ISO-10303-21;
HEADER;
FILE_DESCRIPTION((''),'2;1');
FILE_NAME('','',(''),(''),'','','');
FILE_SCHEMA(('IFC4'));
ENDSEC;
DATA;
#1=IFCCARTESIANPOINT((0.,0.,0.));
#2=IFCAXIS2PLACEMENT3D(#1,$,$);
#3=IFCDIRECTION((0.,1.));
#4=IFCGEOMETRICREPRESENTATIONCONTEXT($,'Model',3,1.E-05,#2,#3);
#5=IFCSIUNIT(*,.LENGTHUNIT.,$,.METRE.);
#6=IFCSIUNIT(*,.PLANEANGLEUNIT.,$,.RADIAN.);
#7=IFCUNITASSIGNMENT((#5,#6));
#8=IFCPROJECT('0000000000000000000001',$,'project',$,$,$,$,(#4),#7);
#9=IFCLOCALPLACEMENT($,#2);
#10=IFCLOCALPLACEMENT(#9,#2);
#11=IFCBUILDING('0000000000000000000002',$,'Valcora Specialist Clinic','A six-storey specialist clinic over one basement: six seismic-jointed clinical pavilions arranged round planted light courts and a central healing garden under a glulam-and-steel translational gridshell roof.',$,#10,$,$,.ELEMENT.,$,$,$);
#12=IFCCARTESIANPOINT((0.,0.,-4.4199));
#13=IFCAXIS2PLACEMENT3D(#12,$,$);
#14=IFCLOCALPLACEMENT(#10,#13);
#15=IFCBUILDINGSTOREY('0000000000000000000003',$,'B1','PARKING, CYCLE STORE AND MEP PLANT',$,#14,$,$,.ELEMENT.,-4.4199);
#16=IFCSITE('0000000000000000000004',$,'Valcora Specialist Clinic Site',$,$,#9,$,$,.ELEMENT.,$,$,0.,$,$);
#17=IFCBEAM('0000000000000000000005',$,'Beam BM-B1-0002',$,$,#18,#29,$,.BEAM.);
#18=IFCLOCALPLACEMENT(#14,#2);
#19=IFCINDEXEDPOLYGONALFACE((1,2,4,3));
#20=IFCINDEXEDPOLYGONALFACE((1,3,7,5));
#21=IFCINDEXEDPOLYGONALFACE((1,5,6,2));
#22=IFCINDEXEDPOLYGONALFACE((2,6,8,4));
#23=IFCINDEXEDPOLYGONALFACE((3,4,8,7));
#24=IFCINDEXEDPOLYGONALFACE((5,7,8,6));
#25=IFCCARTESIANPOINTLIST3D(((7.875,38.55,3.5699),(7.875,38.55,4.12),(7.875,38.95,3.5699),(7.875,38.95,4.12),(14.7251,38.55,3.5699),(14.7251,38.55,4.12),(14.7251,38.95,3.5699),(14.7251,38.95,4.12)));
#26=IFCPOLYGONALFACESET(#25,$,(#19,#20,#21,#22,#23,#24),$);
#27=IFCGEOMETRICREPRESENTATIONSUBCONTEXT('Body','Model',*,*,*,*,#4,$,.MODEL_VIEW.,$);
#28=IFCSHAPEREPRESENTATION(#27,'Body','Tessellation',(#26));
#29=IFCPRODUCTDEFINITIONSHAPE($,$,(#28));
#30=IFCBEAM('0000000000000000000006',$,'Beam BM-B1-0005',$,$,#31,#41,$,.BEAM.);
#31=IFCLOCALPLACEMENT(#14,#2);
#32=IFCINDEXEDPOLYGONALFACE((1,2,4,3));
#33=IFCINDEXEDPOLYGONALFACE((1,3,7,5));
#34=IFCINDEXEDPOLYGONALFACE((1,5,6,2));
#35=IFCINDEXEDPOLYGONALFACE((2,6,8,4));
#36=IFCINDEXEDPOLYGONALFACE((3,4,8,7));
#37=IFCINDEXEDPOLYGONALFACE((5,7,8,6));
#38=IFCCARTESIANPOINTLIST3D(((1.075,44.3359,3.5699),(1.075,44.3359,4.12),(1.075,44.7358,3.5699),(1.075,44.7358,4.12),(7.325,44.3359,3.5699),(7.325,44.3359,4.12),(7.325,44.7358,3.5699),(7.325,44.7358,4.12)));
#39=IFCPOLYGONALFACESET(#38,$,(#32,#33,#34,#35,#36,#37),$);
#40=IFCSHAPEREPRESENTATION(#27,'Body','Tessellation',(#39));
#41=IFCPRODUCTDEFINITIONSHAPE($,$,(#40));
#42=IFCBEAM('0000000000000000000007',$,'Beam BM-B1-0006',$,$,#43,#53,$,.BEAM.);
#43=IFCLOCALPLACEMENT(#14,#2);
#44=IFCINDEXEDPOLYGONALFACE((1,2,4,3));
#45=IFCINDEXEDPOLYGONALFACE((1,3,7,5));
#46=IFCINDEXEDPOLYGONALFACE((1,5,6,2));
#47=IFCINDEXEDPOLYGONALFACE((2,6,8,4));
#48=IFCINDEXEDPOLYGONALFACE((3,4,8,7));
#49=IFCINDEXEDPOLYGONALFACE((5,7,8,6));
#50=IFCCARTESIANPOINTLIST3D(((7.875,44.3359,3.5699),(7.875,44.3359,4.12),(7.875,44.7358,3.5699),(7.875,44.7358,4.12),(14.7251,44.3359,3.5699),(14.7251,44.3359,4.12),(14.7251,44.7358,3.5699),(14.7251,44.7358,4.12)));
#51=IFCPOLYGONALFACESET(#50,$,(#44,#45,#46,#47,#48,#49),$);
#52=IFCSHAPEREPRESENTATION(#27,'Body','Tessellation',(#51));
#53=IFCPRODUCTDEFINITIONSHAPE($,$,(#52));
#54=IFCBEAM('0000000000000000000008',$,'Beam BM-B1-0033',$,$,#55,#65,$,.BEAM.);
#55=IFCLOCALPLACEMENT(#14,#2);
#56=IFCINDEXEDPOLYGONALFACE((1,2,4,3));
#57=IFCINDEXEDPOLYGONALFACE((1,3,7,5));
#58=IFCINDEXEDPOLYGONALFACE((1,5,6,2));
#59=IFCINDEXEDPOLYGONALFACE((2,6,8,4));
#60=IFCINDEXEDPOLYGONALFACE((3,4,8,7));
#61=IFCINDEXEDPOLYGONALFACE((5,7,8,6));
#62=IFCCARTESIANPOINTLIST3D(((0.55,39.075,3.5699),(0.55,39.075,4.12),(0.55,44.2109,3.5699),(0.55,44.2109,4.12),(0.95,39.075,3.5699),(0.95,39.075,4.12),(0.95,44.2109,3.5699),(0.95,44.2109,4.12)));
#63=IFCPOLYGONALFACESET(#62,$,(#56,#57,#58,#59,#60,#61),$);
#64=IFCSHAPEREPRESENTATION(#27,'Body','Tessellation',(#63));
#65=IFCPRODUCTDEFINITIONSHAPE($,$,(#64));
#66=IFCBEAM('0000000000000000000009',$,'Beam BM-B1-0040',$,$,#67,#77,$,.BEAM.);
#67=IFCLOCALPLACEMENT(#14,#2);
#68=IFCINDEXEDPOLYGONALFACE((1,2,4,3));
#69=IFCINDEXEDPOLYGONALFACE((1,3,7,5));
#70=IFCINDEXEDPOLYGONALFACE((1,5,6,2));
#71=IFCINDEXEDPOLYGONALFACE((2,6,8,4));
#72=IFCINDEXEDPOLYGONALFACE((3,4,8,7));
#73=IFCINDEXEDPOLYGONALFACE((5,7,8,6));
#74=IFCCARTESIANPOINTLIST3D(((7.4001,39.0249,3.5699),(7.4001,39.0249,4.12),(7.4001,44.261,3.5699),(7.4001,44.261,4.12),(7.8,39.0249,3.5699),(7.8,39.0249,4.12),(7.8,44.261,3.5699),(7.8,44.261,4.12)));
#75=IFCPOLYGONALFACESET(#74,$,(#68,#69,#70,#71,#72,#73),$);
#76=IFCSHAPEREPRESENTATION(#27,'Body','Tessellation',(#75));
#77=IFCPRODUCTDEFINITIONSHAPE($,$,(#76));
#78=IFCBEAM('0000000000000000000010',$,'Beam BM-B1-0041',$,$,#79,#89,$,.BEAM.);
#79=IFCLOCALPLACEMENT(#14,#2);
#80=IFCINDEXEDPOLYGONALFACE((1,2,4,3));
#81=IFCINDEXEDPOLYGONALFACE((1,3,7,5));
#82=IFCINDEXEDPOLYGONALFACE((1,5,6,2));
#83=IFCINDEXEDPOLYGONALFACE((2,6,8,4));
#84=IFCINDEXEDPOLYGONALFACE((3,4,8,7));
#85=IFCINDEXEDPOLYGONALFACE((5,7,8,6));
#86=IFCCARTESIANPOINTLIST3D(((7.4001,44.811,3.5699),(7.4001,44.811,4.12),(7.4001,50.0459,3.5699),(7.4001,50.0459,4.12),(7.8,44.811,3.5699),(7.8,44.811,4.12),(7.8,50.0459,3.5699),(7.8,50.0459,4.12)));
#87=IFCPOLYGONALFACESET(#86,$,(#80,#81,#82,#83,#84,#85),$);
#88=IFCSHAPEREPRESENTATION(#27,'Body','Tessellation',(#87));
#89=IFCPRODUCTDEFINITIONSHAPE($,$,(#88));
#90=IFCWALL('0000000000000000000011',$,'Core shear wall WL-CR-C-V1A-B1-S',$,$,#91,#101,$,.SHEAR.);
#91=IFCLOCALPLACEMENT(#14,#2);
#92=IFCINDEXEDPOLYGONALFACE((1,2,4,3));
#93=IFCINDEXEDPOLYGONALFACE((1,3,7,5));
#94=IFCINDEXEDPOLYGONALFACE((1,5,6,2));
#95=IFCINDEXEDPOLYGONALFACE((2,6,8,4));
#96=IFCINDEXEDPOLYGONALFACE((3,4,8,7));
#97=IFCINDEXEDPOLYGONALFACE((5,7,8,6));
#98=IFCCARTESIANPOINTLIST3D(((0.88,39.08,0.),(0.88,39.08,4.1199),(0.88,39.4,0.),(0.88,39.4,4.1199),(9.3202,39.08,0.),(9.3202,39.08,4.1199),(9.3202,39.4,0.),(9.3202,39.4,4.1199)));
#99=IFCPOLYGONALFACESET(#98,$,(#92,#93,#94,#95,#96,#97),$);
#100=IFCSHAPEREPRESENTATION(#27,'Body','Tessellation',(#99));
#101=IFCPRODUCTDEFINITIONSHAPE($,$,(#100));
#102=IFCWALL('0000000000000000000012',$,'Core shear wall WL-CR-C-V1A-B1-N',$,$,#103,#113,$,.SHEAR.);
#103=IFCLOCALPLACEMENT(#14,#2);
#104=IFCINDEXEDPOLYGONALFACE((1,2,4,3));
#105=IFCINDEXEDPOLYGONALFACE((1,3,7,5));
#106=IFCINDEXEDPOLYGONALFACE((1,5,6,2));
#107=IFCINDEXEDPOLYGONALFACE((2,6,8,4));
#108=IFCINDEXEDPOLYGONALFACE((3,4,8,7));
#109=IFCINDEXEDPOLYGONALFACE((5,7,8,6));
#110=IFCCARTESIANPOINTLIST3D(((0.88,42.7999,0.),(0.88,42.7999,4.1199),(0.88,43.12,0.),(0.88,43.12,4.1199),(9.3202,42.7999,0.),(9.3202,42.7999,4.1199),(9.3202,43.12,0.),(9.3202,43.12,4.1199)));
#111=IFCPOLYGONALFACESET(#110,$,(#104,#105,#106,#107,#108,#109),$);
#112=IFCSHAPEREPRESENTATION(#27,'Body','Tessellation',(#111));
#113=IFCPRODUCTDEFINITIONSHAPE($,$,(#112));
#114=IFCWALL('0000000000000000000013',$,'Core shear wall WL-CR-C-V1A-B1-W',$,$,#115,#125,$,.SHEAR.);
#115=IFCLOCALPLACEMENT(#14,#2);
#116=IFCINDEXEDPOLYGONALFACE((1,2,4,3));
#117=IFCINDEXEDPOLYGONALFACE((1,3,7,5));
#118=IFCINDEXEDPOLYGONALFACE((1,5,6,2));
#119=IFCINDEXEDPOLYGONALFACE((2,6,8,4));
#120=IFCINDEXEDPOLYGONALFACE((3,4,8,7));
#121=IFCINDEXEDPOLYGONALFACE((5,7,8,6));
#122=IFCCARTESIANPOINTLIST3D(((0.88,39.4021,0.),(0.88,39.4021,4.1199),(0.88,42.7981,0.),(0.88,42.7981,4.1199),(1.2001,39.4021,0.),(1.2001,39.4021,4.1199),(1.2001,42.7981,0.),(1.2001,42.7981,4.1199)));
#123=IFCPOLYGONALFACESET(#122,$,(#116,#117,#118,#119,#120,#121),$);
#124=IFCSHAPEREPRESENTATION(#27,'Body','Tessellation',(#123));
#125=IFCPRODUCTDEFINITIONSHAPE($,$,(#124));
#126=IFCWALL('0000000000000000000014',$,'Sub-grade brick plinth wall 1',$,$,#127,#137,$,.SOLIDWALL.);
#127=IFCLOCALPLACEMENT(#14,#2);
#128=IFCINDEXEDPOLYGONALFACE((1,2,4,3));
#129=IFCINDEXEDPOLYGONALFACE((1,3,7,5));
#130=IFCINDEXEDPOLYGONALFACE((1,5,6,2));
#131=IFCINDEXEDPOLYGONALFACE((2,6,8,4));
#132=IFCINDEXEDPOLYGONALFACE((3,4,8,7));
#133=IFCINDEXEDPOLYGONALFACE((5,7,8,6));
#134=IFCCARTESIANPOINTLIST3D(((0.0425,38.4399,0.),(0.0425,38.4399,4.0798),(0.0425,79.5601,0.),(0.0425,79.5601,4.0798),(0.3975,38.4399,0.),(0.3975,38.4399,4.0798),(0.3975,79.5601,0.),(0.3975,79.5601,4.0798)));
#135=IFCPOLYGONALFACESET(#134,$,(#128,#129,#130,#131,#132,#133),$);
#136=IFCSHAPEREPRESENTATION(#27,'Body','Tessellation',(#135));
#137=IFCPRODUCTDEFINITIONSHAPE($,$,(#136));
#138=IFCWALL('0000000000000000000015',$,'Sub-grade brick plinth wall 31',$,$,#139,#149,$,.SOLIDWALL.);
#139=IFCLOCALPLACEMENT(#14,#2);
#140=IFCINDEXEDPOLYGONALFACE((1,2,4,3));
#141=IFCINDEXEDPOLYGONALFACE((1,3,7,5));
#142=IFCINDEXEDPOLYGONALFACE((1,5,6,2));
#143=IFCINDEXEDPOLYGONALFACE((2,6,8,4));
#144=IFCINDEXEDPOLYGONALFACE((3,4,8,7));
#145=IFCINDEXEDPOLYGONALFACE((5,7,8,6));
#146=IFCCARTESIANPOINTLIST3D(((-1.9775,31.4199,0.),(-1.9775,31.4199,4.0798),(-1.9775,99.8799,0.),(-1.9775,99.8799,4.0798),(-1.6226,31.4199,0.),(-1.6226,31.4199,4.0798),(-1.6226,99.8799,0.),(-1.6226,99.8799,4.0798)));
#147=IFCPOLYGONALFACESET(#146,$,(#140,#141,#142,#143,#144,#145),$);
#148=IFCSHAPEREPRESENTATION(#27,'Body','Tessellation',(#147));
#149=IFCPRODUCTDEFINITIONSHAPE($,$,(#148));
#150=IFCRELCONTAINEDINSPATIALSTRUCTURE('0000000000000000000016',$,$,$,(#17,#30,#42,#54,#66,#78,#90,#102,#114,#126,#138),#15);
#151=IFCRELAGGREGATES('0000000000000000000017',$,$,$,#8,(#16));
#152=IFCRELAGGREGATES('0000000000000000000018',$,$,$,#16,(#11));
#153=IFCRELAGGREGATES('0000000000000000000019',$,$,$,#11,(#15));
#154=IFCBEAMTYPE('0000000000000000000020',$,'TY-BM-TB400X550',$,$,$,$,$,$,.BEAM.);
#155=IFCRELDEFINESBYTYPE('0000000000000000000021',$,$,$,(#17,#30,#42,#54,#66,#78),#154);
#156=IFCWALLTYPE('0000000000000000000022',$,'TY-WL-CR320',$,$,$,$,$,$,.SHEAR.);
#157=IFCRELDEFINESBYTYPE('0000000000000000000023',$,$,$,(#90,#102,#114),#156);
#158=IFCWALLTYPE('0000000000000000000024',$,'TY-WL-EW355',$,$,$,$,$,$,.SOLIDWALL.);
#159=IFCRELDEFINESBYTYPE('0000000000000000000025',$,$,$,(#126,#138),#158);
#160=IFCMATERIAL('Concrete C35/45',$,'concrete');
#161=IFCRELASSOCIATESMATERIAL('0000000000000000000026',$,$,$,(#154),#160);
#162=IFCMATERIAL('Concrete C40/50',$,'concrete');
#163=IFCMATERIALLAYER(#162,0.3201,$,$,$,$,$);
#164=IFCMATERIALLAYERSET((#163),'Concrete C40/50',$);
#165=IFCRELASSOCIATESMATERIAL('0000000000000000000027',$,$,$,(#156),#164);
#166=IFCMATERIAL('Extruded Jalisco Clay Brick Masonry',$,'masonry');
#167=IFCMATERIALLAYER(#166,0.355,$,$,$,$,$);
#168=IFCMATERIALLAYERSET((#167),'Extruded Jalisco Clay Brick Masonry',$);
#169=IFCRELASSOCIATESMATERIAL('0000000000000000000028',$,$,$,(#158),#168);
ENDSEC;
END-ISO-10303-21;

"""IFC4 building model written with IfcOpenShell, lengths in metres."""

from ifc_helpers import new_model, si_unit, direction, frame, frame_2d, origin, origin_2d, place, context, subcontext, project, spatial, rectangle, extrude, material, layer, layer_set, material_profile, profile_set, type_object, element, save


model = new_model("IFC4")

# Units and contexts
model_context = context("Model", 3, precision=1e-05, world=origin(), true_north=direction((0.0, 1.0)))
body_context = subcontext(model_context, "Body", "Model", "MODEL_VIEW")
ifc_project = project(units=[si_unit("LENGTHUNIT", "METRE"), si_unit("PLANEANGLEUNIT", "RADIAN")], contexts=[model_context])

# Site, building, storey
site_placement = place(None, origin())
site = spatial("IfcSite", under=ifc_project, at=site_placement, Name="Valcora Specialist Clinic Site", CompositionType="ELEMENT", RefElevation=0.0)
building_placement = place(site_placement, origin())
building = spatial("IfcBuilding", under=site, at=building_placement, Name="Valcora Specialist Clinic", Description="A six-storey specialist clinic over one basement: six seismic-jointed clinical pavilions arranged round planted light courts and a central healing garden under a glulam-and-steel translational gridshell roof.", CompositionType="ELEMENT")
storey_placement = place(building_placement, frame((0.0, 0.0, -4.4199)))
storey = spatial("IfcBuildingStorey", under=building, at=storey_placement, Name="B1", Description="PARKING, CYCLE STORE AND MEP PLANT", CompositionType="ELEMENT", Elevation=-4.4199)

# Shared definitions
ifc_material_1 = material(Name="Concrete C35/45", Category="concrete")

# Shared definitions
ifc_material_2 = material(Name="Concrete C40/50", Category="concrete")

# Beams
ifc_material_profile_1 = material_profile(ifc_material_1, rectangle(XDim=0.3999, YDim=0.55, at=origin_2d()), Name="RC-TB-400X550")
ifc_profile_set_1 = profile_set([ifc_material_profile_1], Name="Concrete C35/45")
beam_type = type_object("IfcBeamType", Name="TY-BM-TB400X550", PredefinedType="BEAM", material=ifc_profile_set_1)
beam_1_placement = place(storey_placement, frame((7.875, 38.75, 3.845), z_axis=(1.0, 0.0, 0.0), x_axis=(0.0, 1.0, 0.0)))
element("IfcBeam", 1, at=beam_1_placement, inside=storey, type_object=beam_type, Name="Beam BM-B1-0002", PredefinedType="BEAM", context=body_context, shape_type="SweptSolid", body=[
    extrude(rectangle(XDim=0.3999, YDim=0.55, at=origin_2d()), origin(), (0.0, 0.0, 1.0), 6.8501),
])
beam_2_placement = place(storey_placement, frame((1.075, 44.5359, 3.845), z_axis=(1.0, 0.0, 0.0), x_axis=(0.0, 1.0, 0.0)))
element("IfcBeam", 2, at=beam_2_placement, inside=storey, type_object=beam_type, Name="Beam BM-B1-0005", PredefinedType="BEAM", context=body_context, shape_type="SweptSolid", body=[
    extrude(rectangle(XDim=0.3999, YDim=0.55, at=origin_2d()), origin(), (0.0, 0.0, 1.0), 6.25),
])
beam_3_placement = place(storey_placement, frame((7.875, 44.5359, 3.845), z_axis=(1.0, 0.0, 0.0), x_axis=(0.0, 1.0, 0.0)))
element("IfcBeam", 3, at=beam_3_placement, inside=storey, type_object=beam_type, Name="Beam BM-B1-0006", PredefinedType="BEAM", context=body_context, shape_type="SweptSolid", body=[
    extrude(rectangle(XDim=0.3999, YDim=0.55, at=origin_2d()), origin(), (0.0, 0.0, 1.0), 6.8501),
])
beam_4_placement = place(storey_placement, frame((0.75, 39.075, 3.845), z_axis=(0.0, 1.0, 0.0), x_axis=(-1.0, 0.0, 0.0)))
element("IfcBeam", 4, at=beam_4_placement, inside=storey, type_object=beam_type, Name="Beam BM-B1-0033", PredefinedType="BEAM", context=body_context, shape_type="SweptSolid", body=[
    extrude(rectangle(XDim=0.3999, YDim=0.55, at=origin_2d()), origin(), (0.0, 0.0, 1.0), 5.136),
])
beam_5_placement = place(storey_placement, frame((7.6001, 39.0249, 3.845), z_axis=(0.0, 1.0, 0.0), x_axis=(-1.0, 0.0, 0.0)))
element("IfcBeam", 5, at=beam_5_placement, inside=storey, type_object=beam_type, Name="Beam BM-B1-0040", PredefinedType="BEAM", context=body_context, shape_type="SweptSolid", body=[
    extrude(rectangle(XDim=0.3999, YDim=0.55, at=origin_2d()), origin(), (0.0, 0.0, 1.0), 5.2361),
])
beam_6_placement = place(storey_placement, frame((7.6001, 44.811, 3.845), z_axis=(0.0, 1.0, 0.0), x_axis=(-1.0, 0.0, 0.0)))
element("IfcBeam", 6, at=beam_6_placement, inside=storey, type_object=beam_type, Name="Beam BM-B1-0041", PredefinedType="BEAM", context=body_context, shape_type="SweptSolid", body=[
    extrude(rectangle(XDim=0.3999, YDim=0.55, at=origin_2d()), origin(), (0.0, 0.0, 1.0), 5.2349),
])

# Walls
ifc_layer_1 = layer(ifc_material_2, 0.3201)
ifc_layer_set_1 = layer_set([ifc_layer_1], Name="Concrete C40/50")
wall_type_1 = type_object("IfcWallType", Name="TY-WL-CR320", PredefinedType="SHEAR", material=ifc_layer_set_1)
for number, where, z_axis, x_axis, name in (
    (7, (0.8799, 39.24, 0.0), (0.0, 0.0, 1.0), (1.0, 0.0, 0.0), "Core shear wall WL-CR-C-V1A-B1-S"),
    (8, (0.8799, 42.96, 0.0), (0.0, 0.0, 1.0), (1.0, 0.0, 0.0), "Core shear wall WL-CR-C-V1A-B1-N"),
):
    element("IfcWall", number, at=place(storey_placement, frame(where, z_axis=z_axis, x_axis=x_axis)), inside=storey, type_object=wall_type_1, Name=name, PredefinedType="SHEAR", context=body_context, shape_type="SweptSolid", body=[
        extrude(rectangle(XDim=8.4402, YDim=0.3201, at=frame_2d((4.2202, 0.0))), origin(), (0.0, 0.0, 1.0), 4.1199),
    ])
wall_1_placement = place(storey_placement, frame((1.04, 39.4021, 0.0), z_axis=(0.0, 0.0, 1.0), x_axis=(0.0, 1.0, 0.0)))
element("IfcWall", 9, at=wall_1_placement, inside=storey, type_object=wall_type_1, Name="Core shear wall WL-CR-C-V1A-B1-W", PredefinedType="SHEAR", context=body_context, shape_type="SweptSolid", body=[
    extrude(rectangle(XDim=3.396, YDim=0.3201, at=frame_2d((1.698, 0.0))), origin(), (0.0, 0.0, 1.0), 4.1199),
])
ifc_material_3 = material(Name="Extruded Jalisco Clay Brick Masonry", Category="masonry")
ifc_layer_2 = layer(ifc_material_3, 0.355)
ifc_layer_set_2 = layer_set([ifc_layer_2], Name="Extruded Jalisco Clay Brick Masonry")
wall_type_2 = type_object("IfcWallType", Name="TY-WL-EW355", PredefinedType="SOLIDWALL", material=ifc_layer_set_2)
wall_2_placement = place(storey_placement, frame((0.22, 38.4399, 0.0), z_axis=(0.0, 0.0, 1.0), x_axis=(0.0, 1.0, 0.0)))
element("IfcWall", 10, at=wall_2_placement, inside=storey, type_object=wall_type_2, Name="Sub-grade brick plinth wall 1", PredefinedType="SOLIDWALL", context=body_context, shape_type="SweptSolid", body=[
    extrude(rectangle(XDim=41.1201, YDim=0.355, at=frame_2d((20.5601, 0.0))), origin(), (0.0, 0.0, 1.0), 4.0798),
])
wall_3_placement = place(storey_placement, frame((-1.8, 31.4199, 0.0), z_axis=(0.0, 0.0, 1.0), x_axis=(0.0, 1.0, 0.0)))
element("IfcWall", 11, at=wall_3_placement, inside=storey, type_object=wall_type_2, Name="Sub-grade brick plinth wall 31", PredefinedType="SOLIDWALL", context=body_context, shape_type="SweptSolid", body=[
    extrude(rectangle(XDim=68.46, YDim=0.355, at=frame_2d((34.23, 0.0))), origin(), (0.0, 0.0, 1.0), 4.0798),
])

save(model, "model.ifc")
